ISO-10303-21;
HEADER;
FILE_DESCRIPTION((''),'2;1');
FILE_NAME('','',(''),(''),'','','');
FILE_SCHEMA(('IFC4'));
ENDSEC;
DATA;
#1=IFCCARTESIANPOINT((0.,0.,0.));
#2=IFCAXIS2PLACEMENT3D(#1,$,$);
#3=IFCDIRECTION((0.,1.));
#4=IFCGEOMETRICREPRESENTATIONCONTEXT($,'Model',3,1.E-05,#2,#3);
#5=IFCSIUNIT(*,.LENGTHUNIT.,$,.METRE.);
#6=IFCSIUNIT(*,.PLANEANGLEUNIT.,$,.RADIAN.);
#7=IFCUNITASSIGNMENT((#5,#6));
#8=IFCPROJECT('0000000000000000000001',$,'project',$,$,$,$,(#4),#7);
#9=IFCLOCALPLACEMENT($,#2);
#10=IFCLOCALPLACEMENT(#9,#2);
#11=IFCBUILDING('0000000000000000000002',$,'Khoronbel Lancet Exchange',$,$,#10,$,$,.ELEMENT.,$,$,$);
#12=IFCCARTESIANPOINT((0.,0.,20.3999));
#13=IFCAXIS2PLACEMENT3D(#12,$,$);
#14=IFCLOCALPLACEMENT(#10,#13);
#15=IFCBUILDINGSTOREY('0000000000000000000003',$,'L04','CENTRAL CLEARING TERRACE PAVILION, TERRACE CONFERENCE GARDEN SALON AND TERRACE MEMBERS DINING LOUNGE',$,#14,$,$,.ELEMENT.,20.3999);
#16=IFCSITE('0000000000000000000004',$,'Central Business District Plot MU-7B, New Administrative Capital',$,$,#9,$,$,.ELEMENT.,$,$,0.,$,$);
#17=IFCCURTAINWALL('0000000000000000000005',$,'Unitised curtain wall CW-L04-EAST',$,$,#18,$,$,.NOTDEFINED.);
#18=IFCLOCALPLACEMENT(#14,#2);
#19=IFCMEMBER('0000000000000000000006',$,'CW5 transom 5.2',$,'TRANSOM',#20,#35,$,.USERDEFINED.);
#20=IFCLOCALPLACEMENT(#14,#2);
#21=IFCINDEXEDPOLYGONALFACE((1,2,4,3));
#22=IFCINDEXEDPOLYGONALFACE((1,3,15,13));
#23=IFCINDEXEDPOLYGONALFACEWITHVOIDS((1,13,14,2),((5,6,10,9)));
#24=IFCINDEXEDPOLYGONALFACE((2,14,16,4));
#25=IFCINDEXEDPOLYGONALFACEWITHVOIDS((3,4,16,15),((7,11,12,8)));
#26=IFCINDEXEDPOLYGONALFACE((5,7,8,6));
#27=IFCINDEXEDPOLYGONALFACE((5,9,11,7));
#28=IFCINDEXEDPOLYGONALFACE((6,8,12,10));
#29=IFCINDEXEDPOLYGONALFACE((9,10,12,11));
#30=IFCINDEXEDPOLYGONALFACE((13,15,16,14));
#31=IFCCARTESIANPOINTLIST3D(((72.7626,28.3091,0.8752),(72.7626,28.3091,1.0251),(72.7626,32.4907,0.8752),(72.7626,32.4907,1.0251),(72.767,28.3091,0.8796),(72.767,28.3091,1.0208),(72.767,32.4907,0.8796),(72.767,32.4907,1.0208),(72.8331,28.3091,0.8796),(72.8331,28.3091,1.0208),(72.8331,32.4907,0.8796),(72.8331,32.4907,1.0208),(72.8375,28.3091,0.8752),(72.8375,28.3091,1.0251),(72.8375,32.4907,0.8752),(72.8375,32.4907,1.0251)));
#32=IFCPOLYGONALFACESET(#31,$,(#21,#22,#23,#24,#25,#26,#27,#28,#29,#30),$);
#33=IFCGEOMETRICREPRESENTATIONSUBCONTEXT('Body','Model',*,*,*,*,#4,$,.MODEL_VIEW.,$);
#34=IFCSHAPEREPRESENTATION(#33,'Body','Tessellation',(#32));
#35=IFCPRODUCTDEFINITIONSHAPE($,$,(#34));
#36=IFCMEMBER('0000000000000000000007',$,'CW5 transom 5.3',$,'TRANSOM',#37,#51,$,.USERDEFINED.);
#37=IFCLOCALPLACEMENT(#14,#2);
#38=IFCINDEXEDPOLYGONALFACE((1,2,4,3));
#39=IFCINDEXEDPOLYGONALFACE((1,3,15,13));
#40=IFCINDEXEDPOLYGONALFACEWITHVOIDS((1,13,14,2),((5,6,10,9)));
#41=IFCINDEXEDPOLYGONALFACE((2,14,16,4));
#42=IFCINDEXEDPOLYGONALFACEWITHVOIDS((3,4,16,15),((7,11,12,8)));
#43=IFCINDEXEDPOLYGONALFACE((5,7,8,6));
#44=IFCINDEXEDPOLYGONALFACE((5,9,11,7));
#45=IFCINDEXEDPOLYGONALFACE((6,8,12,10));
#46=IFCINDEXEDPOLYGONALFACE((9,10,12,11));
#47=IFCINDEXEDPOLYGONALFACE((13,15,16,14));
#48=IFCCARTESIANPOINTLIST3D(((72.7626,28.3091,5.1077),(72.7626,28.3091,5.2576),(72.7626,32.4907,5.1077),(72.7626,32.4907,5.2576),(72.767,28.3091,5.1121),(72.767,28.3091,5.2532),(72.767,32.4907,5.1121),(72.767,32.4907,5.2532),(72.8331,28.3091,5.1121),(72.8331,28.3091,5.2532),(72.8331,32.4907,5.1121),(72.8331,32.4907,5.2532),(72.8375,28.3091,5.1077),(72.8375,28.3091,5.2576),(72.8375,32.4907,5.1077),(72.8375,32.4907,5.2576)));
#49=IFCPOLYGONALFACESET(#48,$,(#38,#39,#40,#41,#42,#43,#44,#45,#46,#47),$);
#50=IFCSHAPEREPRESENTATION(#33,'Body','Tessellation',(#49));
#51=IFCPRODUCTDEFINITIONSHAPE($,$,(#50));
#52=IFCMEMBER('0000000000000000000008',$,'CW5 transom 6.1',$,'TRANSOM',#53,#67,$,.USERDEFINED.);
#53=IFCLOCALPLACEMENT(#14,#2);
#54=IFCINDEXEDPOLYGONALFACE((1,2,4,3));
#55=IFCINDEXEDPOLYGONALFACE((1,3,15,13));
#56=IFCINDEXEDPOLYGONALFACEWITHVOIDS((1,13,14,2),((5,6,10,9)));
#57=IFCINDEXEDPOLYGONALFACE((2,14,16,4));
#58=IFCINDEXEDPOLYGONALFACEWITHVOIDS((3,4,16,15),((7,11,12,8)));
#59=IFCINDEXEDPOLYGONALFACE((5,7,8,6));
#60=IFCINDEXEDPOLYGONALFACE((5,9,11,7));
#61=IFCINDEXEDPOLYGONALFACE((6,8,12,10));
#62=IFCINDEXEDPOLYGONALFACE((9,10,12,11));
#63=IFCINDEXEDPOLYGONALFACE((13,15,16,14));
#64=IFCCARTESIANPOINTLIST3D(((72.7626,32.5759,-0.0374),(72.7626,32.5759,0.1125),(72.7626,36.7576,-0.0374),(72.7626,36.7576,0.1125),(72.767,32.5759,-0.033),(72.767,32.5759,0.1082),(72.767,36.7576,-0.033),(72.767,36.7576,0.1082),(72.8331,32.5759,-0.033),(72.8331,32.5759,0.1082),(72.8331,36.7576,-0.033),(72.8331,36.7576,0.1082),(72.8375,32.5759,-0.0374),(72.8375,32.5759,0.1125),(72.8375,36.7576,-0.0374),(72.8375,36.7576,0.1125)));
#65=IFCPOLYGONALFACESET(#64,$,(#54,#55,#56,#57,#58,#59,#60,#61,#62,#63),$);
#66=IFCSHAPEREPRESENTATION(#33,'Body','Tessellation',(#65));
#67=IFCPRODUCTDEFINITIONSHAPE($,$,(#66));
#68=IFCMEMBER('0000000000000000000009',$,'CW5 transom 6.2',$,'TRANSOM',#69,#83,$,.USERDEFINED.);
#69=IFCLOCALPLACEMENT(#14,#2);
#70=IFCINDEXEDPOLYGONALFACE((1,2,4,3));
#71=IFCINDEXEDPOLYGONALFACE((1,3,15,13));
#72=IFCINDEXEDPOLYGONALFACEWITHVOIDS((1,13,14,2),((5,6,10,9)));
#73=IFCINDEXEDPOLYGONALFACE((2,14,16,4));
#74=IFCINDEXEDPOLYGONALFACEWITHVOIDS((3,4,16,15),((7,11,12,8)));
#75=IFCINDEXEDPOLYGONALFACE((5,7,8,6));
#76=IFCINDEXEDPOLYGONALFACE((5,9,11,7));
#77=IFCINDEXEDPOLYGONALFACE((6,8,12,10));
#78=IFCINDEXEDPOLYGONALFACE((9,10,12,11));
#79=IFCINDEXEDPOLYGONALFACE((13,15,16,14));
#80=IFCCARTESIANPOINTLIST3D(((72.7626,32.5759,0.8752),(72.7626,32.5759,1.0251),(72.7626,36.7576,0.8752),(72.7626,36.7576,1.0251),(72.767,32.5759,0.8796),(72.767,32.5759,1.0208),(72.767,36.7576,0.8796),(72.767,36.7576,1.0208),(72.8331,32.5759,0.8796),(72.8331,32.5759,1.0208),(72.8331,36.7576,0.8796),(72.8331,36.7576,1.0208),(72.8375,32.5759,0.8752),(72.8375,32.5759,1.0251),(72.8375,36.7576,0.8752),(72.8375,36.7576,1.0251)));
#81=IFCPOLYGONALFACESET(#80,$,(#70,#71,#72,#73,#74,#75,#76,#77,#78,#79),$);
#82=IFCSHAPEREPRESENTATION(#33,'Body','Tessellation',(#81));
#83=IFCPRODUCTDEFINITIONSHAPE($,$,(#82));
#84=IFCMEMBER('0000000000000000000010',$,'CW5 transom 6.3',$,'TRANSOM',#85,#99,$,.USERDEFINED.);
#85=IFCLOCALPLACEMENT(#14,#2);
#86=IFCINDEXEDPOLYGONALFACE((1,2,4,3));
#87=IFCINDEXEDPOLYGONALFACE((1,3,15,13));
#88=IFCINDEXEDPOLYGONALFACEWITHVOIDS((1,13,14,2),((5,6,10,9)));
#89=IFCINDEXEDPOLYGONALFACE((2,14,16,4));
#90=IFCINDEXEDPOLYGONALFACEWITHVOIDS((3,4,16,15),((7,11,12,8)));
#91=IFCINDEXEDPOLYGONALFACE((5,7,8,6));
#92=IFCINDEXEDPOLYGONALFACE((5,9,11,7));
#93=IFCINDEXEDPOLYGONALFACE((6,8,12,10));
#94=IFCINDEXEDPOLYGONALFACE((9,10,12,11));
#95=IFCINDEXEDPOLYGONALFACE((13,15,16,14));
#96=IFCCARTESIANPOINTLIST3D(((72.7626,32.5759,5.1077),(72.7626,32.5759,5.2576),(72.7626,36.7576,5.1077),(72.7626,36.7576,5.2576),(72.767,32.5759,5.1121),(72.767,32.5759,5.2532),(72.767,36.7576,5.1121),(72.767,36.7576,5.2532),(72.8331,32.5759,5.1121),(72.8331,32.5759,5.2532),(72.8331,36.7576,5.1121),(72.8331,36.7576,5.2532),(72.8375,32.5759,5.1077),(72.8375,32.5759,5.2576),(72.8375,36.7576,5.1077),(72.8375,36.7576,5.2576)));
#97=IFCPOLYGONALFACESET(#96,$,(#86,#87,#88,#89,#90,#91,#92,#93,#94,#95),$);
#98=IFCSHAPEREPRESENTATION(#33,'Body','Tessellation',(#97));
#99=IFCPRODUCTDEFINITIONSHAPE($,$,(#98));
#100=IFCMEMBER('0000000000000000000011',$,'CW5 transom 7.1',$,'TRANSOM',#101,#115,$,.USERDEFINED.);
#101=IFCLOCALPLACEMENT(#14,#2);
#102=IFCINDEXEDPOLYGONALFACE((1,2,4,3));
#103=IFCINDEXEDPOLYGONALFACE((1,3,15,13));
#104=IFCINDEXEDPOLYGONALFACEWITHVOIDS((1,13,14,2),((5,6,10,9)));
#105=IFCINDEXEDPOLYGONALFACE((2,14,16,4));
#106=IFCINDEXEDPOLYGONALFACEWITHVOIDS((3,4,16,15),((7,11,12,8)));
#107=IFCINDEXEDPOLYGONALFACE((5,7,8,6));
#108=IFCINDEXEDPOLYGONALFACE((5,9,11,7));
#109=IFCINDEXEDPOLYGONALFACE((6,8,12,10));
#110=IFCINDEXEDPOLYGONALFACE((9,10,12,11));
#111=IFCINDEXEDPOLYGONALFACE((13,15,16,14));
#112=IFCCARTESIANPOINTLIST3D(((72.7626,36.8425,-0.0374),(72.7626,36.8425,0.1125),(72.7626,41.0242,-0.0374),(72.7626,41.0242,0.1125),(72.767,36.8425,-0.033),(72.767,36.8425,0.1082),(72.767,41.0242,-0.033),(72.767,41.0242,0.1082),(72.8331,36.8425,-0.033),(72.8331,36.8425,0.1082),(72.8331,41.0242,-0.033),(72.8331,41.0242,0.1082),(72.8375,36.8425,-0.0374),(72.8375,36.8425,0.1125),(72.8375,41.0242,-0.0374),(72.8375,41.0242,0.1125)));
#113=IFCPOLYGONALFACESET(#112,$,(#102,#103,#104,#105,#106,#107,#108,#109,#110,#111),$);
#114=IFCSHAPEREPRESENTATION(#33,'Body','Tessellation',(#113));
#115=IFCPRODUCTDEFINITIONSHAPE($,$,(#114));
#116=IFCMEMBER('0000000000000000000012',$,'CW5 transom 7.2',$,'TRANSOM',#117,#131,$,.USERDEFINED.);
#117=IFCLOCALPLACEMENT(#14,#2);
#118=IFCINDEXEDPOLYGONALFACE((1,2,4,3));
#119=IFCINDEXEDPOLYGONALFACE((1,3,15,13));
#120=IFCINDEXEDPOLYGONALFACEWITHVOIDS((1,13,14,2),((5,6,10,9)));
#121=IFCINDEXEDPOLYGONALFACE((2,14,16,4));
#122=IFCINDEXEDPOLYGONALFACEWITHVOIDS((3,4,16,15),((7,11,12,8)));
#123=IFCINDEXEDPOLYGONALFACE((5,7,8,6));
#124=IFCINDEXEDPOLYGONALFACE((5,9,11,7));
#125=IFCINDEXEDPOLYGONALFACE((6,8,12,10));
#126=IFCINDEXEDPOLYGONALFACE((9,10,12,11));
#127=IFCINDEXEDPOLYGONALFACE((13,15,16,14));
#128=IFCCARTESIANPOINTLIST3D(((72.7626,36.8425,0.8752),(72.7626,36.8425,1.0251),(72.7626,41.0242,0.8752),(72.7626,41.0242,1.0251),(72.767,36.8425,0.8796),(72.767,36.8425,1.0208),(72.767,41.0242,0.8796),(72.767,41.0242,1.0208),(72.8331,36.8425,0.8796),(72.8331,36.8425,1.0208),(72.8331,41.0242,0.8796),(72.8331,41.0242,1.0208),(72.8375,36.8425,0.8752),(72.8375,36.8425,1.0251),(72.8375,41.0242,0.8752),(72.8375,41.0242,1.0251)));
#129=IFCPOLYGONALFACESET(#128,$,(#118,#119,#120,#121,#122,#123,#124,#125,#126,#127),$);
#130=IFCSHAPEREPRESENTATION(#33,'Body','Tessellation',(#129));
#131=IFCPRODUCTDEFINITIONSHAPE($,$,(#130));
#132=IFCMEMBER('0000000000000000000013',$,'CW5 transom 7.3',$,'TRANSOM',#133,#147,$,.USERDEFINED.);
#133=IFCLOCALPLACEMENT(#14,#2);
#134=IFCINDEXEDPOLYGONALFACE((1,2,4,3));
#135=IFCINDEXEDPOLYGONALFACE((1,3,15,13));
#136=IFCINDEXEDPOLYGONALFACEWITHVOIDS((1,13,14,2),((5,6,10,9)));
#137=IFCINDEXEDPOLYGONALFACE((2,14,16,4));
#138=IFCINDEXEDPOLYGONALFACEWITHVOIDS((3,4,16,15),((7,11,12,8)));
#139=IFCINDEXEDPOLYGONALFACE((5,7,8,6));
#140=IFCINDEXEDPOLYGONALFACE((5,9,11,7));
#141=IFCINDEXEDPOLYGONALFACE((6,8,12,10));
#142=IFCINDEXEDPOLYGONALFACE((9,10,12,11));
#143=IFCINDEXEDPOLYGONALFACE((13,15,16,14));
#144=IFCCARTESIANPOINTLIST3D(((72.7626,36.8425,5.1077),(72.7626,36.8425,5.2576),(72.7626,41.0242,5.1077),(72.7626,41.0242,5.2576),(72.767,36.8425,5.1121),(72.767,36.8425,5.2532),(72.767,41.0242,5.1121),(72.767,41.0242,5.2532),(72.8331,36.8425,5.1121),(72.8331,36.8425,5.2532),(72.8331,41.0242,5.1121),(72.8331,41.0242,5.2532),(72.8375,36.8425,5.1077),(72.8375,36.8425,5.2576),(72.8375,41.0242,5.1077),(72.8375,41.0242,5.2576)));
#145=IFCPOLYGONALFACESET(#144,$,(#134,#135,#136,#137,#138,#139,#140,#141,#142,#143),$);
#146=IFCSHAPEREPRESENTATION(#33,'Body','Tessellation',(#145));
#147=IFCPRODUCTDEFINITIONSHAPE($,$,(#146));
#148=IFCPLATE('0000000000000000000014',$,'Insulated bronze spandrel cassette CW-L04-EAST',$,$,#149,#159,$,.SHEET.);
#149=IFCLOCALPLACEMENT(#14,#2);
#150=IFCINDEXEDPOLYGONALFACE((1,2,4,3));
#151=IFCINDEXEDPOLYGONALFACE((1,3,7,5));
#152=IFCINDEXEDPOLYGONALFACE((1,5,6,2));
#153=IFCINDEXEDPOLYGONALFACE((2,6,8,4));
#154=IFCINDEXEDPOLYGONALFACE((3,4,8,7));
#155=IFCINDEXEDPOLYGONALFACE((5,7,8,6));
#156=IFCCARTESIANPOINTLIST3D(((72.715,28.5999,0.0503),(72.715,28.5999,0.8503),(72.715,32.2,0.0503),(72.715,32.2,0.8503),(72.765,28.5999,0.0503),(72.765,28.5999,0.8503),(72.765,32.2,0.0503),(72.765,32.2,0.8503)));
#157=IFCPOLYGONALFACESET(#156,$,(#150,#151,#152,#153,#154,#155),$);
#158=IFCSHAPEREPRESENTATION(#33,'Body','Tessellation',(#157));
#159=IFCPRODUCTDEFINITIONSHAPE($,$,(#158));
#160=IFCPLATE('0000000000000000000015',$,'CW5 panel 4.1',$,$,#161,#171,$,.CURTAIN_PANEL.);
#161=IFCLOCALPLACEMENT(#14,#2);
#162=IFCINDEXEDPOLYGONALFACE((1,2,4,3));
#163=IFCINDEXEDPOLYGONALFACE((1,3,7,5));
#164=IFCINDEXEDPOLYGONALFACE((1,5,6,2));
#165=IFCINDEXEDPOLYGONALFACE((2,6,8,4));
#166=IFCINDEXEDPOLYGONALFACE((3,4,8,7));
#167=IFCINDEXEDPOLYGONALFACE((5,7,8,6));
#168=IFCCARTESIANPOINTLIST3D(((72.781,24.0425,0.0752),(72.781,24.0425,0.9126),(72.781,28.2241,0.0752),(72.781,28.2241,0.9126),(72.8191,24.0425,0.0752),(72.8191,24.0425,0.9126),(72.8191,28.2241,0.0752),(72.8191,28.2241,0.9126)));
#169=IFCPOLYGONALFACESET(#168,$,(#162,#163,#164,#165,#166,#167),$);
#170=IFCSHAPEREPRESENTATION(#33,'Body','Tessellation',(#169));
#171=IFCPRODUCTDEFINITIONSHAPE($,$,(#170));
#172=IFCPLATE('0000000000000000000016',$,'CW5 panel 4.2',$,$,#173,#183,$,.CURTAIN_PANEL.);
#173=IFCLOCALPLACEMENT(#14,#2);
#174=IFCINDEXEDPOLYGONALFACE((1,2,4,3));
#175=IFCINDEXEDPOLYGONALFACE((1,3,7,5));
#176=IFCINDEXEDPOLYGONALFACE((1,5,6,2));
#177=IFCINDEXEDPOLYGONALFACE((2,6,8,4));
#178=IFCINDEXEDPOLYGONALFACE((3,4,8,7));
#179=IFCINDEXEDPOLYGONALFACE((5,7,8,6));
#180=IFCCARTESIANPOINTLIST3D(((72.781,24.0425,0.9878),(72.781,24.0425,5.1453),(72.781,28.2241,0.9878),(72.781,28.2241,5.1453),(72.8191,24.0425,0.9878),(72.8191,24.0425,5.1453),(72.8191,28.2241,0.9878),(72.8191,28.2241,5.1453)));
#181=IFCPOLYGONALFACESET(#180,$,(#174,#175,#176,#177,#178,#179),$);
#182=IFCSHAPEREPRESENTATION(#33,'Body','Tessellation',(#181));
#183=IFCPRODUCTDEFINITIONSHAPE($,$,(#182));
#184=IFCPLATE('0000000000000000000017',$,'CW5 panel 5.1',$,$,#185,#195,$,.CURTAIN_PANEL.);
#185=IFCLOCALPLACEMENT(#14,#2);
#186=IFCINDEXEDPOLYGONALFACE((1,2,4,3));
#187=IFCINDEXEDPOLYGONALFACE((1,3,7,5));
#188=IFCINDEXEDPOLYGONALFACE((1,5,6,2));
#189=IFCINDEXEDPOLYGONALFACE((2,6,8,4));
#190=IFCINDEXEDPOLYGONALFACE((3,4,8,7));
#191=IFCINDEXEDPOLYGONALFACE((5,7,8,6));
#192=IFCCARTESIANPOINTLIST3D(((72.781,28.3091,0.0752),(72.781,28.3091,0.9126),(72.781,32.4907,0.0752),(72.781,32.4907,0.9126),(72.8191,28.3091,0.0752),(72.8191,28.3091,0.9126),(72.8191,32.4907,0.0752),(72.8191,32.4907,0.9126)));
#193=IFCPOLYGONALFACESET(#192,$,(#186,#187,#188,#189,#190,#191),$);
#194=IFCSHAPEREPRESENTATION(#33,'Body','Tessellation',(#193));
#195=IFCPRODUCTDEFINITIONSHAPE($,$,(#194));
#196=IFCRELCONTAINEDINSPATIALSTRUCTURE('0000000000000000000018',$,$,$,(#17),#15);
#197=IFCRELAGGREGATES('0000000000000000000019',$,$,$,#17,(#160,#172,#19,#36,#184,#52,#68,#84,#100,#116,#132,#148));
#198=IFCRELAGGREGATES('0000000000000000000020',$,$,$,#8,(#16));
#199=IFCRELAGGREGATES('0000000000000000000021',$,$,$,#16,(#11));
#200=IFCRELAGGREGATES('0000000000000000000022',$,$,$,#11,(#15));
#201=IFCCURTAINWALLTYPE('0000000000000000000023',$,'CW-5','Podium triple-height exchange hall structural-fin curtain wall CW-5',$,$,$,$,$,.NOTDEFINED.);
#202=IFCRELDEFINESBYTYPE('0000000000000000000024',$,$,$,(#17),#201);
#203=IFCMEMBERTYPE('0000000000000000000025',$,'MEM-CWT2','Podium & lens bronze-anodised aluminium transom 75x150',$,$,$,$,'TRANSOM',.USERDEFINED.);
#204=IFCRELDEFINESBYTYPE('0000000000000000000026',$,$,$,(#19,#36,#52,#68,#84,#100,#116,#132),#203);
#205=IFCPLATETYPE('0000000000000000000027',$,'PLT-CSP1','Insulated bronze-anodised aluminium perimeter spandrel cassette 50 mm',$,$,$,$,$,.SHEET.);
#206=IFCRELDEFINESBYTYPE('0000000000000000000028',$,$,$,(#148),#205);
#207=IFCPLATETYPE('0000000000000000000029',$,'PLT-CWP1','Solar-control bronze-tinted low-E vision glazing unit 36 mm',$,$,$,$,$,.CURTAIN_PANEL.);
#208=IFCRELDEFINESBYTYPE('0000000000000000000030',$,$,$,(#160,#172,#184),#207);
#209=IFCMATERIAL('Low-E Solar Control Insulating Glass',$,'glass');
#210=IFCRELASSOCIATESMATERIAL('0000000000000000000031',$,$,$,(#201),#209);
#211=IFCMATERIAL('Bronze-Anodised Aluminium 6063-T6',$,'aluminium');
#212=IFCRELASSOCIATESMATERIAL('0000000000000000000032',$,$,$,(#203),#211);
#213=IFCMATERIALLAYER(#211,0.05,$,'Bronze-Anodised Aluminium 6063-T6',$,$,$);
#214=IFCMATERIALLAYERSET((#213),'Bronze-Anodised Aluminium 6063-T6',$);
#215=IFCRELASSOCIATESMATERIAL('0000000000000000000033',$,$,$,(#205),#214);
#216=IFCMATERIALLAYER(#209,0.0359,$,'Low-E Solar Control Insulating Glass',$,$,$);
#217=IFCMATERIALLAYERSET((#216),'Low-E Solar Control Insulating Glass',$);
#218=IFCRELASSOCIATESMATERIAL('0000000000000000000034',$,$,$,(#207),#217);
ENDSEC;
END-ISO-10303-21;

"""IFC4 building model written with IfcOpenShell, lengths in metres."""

from ifc_helpers import new_model, si_unit, direction, frame, origin, origin_2d, place, context, subcontext, project, spatial, rectangle, hollow_rectangle, extrude, material, layer, layer_set, material_profile, profile_set, type_object, element, aggregate, save


model = new_model("IFC4")

# Units and contexts
model_context = context("Model", 3, precision=1e-05, world=origin(), true_north=direction((0.0, 1.0)))
body_context = subcontext(model_context, "Body", "Model", "MODEL_VIEW")
ifc_project = project(units=[si_unit("LENGTHUNIT", "METRE"), si_unit("PLANEANGLEUNIT", "RADIAN")], contexts=[model_context])

# Site, building, storey
site_placement = place(None, origin())
site = spatial("IfcSite", under=ifc_project, at=site_placement, Name="Central Business District Plot MU-7B, New Administrative Capital", CompositionType="ELEMENT", RefElevation=0.0)
building_placement = place(site_placement, origin())
building = spatial("IfcBuilding", under=site, at=building_placement, Name="Khoronbel Lancet Exchange", CompositionType="ELEMENT")
storey_placement = place(building_placement, frame((0.0, 0.0, 20.3999)))
storey = spatial("IfcBuildingStorey", under=building, at=storey_placement, Name="L04", Description="CENTRAL CLEARING TERRACE PAVILION, TERRACE CONFERENCE GARDEN SALON AND TERRACE MEMBERS DINING LOUNGE", CompositionType="ELEMENT", Elevation=20.3999)

# Curtain wall, members, plates
ifc_material_1 = material(Name="Low-E Solar Control Insulating Glass", Category="glass")
curtain_wall_type = type_object("IfcCurtainWallType", Name="CW-5", Description="Podium triple-height exchange hall structural-fin curtain wall CW-5", PredefinedType="NOTDEFINED", material=ifc_material_1)
curtain_wall_placement = place(storey_placement, origin())
curtain_wall = element("IfcCurtainWall", 1, at=curtain_wall_placement, inside=storey, type_object=curtain_wall_type, Name="Unitised curtain wall CW-L04-EAST", PredefinedType="NOTDEFINED")
ifc_material_2 = material(Name="Bronze-Anodised Aluminium 6063-T6", Category="aluminium")
ifc_material_profile_1 = material_profile(ifc_material_2, hollow_rectangle(XDim=0.075, YDim=0.1499, WallThickness=0.0044, at=origin_2d()), Name="ALU TRANSOM 75x150")
ifc_profile_set_1 = profile_set([ifc_material_profile_1], Name="Bronze-Anodised Aluminium 6063-T6")
member_type_1 = type_object("IfcMemberType", Name="MEM-CWT2", Description="Podium & lens bronze-anodised aluminium transom 75x150", ElementType="TRANSOM", PredefinedType="USERDEFINED", material=ifc_profile_set_1)
member_1_placement = place(storey_placement, frame((72.8, 28.3091, 0.9502), z_axis=(0.0, 1.0, 0.0), x_axis=(-1.0, 0.0, 0.0)))
member_1 = element("IfcMember", 2, at=member_1_placement, type_object=member_type_1, Name="CW5 transom 5.2", ObjectType="TRANSOM", PredefinedType="USERDEFINED", context=body_context, shape_type="SweptSolid", body=[
    extrude(hollow_rectangle(XDim=0.075, YDim=0.1499, WallThickness=0.0044, at=origin_2d()), origin(), (0.0, 0.0, 1.0), 4.1816),
])
member_2_placement = place(storey_placement, frame((72.8, 28.3091, 5.1826), z_axis=(0.0, 1.0, 0.0), x_axis=(-1.0, 0.0, 0.0)))
member_2 = element("IfcMember", 3, at=member_2_placement, type_object=member_type_1, Name="CW5 transom 5.3", ObjectType="TRANSOM", PredefinedType="USERDEFINED", context=body_context, shape_type="SweptSolid", body=[
    extrude(hollow_rectangle(XDim=0.075, YDim=0.1499, WallThickness=0.0044, at=origin_2d()), origin(), (0.0, 0.0, 1.0), 4.1816),
])
member_3_placement = place(storey_placement, frame((72.8, 32.5759, 0.0376), z_axis=(0.0, 1.0, 0.0), x_axis=(-1.0, 0.0, 0.0)))
member_3 = element("IfcMember", 4, at=member_3_placement, type_object=member_type_1, Name="CW5 transom 6.1", ObjectType="TRANSOM", PredefinedType="USERDEFINED", context=body_context, shape_type="SweptSolid", body=[
    extrude(hollow_rectangle(XDim=0.075, YDim=0.1499, WallThickness=0.0044, at=origin_2d()), origin(), (0.0, 0.0, 1.0), 4.1816),
])
member_4_placement = place(storey_placement, frame((72.8, 32.5759, 0.9502), z_axis=(0.0, 1.0, 0.0), x_axis=(-1.0, 0.0, 0.0)))
member_4 = element("IfcMember", 5, at=member_4_placement, type_object=member_type_1, Name="CW5 transom 6.2", ObjectType="TRANSOM", PredefinedType="USERDEFINED", context=body_context, shape_type="SweptSolid", body=[
    extrude(hollow_rectangle(XDim=0.075, YDim=0.1499, WallThickness=0.0044, at=origin_2d()), origin(), (0.0, 0.0, 1.0), 4.1816),
])
member_5_placement = place(storey_placement, frame((72.8, 32.5759, 5.1826), z_axis=(0.0, 1.0, 0.0), x_axis=(-1.0, 0.0, 0.0)))
member_5 = element("IfcMember", 6, at=member_5_placement, type_object=member_type_1, Name="CW5 transom 6.3", ObjectType="TRANSOM", PredefinedType="USERDEFINED", context=body_context, shape_type="SweptSolid", body=[
    extrude(hollow_rectangle(XDim=0.075, YDim=0.1499, WallThickness=0.0044, at=origin_2d()), origin(), (0.0, 0.0, 1.0), 4.1816),
])
member_6_placement = place(storey_placement, frame((72.8, 36.8425, 0.0376), z_axis=(0.0, 1.0, 0.0), x_axis=(-1.0, 0.0, 0.0)))
member_6 = element("IfcMember", 7, at=member_6_placement, type_object=member_type_1, Name="CW5 transom 7.1", ObjectType="TRANSOM", PredefinedType="USERDEFINED", context=body_context, shape_type="SweptSolid", body=[
    extrude(hollow_rectangle(XDim=0.075, YDim=0.1499, WallThickness=0.0044, at=origin_2d()), origin(), (0.0, 0.0, 1.0), 4.1816),
])
member_7_placement = place(storey_placement, frame((72.8, 36.8425, 0.9502), z_axis=(0.0, 1.0, 0.0), x_axis=(-1.0, 0.0, 0.0)))
member_7 = element("IfcMember", 8, at=member_7_placement, type_object=member_type_1, Name="CW5 transom 7.2", ObjectType="TRANSOM", PredefinedType="USERDEFINED", context=body_context, shape_type="SweptSolid", body=[
    extrude(hollow_rectangle(XDim=0.075, YDim=0.1499, WallThickness=0.0044, at=origin_2d()), origin(), (0.0, 0.0, 1.0), 4.1816),
])
member_8_placement = place(storey_placement, frame((72.8, 36.8425, 5.1826), z_axis=(0.0, 1.0, 0.0), x_axis=(-1.0, 0.0, 0.0)))
member_8 = element("IfcMember", 9, at=member_8_placement, type_object=member_type_1, Name="CW5 transom 7.3", ObjectType="TRANSOM", PredefinedType="USERDEFINED", context=body_context, shape_type="SweptSolid", body=[
    extrude(hollow_rectangle(XDim=0.075, YDim=0.1499, WallThickness=0.0044, at=origin_2d()), origin(), (0.0, 0.0, 1.0), 4.1816),
])
ifc_layer_1 = layer(ifc_material_2, 0.05, Name="Bronze-Anodised Aluminium 6063-T6")
ifc_layer_set_1 = layer_set([ifc_layer_1], Name="Bronze-Anodised Aluminium 6063-T6")
plate_type_1 = type_object("IfcPlateType", Name="PLT-CSP1", Description="Insulated bronze-anodised aluminium perimeter spandrel cassette 50 mm", PredefinedType="SHEET", material=ifc_layer_set_1)
plate_1_placement = place(storey_placement, frame((72.74, 30.3999, 0.0503), z_axis=(0.0, 0.0, 1.0), x_axis=(0.0, 1.0, 0.0)))
plate_1 = element("IfcPlate", 10, at=plate_1_placement, type_object=plate_type_1, Name="Insulated bronze spandrel cassette CW-L04-EAST", PredefinedType="SHEET", context=body_context, shape_type="SweptSolid", body=[
    extrude(rectangle(XDim=3.6001, YDim=0.05, at=origin_2d()), origin(), (0.0, 0.0, 1.0), 0.8),
])
ifc_layer_2 = layer(ifc_material_1, 0.0359, Name="Low-E Solar Control Insulating Glass")
ifc_layer_set_2 = layer_set([ifc_layer_2], Name="Low-E Solar Control Insulating Glass")
plate_type_2 = type_object("IfcPlateType", Name="PLT-CWP1", Description="Solar-control bronze-tinted low-E vision glazing unit 36 mm", PredefinedType="CURTAIN_PANEL", material=ifc_layer_set_2)
plate_2_placement = place(storey_placement, frame((72.8, 26.1333, 0.0752), z_axis=(0.0, 0.0, 1.0), x_axis=(0.0, 1.0, 0.0)))
plate_2 = element("IfcPlate", 11, at=plate_2_placement, type_object=plate_type_2, Name="CW5 panel 4.1", PredefinedType="CURTAIN_PANEL", context=body_context, shape_type="SweptSolid", body=[
    extrude(rectangle(XDim=4.1816, YDim=0.0381, at=origin_2d()), origin(), (0.0, 0.0, 1.0), 0.8374),
])
plate_3_placement = place(storey_placement, frame((72.8, 26.1333, 0.9878), z_axis=(0.0, 0.0, 1.0), x_axis=(0.0, 1.0, 0.0)))
plate_3 = element("IfcPlate", 12, at=plate_3_placement, type_object=plate_type_2, Name="CW5 panel 4.2", PredefinedType="CURTAIN_PANEL", context=body_context, shape_type="SweptSolid", body=[
    extrude(rectangle(XDim=4.1816, YDim=0.0381, at=origin_2d()), origin(), (0.0, 0.0, 1.0), 4.1575),
])
plate_4_placement = place(storey_placement, frame((72.8, 30.3999, 0.0752), z_axis=(0.0, 0.0, 1.0), x_axis=(0.0, 1.0, 0.0)))
plate_4 = element("IfcPlate", 13, at=plate_4_placement, type_object=plate_type_2, Name="CW5 panel 5.1", PredefinedType="CURTAIN_PANEL", context=body_context, shape_type="SweptSolid", body=[
    extrude(rectangle(XDim=4.1816, YDim=0.0381, at=origin_2d()), origin(), (0.0, 0.0, 1.0), 0.8374),
])
aggregate(curtain_wall, [plate_2, plate_3, member_1, member_2, plate_4, member_3, member_4, member_5, member_6, member_7, member_8, plate_1])

save(model, "model.ifc")
